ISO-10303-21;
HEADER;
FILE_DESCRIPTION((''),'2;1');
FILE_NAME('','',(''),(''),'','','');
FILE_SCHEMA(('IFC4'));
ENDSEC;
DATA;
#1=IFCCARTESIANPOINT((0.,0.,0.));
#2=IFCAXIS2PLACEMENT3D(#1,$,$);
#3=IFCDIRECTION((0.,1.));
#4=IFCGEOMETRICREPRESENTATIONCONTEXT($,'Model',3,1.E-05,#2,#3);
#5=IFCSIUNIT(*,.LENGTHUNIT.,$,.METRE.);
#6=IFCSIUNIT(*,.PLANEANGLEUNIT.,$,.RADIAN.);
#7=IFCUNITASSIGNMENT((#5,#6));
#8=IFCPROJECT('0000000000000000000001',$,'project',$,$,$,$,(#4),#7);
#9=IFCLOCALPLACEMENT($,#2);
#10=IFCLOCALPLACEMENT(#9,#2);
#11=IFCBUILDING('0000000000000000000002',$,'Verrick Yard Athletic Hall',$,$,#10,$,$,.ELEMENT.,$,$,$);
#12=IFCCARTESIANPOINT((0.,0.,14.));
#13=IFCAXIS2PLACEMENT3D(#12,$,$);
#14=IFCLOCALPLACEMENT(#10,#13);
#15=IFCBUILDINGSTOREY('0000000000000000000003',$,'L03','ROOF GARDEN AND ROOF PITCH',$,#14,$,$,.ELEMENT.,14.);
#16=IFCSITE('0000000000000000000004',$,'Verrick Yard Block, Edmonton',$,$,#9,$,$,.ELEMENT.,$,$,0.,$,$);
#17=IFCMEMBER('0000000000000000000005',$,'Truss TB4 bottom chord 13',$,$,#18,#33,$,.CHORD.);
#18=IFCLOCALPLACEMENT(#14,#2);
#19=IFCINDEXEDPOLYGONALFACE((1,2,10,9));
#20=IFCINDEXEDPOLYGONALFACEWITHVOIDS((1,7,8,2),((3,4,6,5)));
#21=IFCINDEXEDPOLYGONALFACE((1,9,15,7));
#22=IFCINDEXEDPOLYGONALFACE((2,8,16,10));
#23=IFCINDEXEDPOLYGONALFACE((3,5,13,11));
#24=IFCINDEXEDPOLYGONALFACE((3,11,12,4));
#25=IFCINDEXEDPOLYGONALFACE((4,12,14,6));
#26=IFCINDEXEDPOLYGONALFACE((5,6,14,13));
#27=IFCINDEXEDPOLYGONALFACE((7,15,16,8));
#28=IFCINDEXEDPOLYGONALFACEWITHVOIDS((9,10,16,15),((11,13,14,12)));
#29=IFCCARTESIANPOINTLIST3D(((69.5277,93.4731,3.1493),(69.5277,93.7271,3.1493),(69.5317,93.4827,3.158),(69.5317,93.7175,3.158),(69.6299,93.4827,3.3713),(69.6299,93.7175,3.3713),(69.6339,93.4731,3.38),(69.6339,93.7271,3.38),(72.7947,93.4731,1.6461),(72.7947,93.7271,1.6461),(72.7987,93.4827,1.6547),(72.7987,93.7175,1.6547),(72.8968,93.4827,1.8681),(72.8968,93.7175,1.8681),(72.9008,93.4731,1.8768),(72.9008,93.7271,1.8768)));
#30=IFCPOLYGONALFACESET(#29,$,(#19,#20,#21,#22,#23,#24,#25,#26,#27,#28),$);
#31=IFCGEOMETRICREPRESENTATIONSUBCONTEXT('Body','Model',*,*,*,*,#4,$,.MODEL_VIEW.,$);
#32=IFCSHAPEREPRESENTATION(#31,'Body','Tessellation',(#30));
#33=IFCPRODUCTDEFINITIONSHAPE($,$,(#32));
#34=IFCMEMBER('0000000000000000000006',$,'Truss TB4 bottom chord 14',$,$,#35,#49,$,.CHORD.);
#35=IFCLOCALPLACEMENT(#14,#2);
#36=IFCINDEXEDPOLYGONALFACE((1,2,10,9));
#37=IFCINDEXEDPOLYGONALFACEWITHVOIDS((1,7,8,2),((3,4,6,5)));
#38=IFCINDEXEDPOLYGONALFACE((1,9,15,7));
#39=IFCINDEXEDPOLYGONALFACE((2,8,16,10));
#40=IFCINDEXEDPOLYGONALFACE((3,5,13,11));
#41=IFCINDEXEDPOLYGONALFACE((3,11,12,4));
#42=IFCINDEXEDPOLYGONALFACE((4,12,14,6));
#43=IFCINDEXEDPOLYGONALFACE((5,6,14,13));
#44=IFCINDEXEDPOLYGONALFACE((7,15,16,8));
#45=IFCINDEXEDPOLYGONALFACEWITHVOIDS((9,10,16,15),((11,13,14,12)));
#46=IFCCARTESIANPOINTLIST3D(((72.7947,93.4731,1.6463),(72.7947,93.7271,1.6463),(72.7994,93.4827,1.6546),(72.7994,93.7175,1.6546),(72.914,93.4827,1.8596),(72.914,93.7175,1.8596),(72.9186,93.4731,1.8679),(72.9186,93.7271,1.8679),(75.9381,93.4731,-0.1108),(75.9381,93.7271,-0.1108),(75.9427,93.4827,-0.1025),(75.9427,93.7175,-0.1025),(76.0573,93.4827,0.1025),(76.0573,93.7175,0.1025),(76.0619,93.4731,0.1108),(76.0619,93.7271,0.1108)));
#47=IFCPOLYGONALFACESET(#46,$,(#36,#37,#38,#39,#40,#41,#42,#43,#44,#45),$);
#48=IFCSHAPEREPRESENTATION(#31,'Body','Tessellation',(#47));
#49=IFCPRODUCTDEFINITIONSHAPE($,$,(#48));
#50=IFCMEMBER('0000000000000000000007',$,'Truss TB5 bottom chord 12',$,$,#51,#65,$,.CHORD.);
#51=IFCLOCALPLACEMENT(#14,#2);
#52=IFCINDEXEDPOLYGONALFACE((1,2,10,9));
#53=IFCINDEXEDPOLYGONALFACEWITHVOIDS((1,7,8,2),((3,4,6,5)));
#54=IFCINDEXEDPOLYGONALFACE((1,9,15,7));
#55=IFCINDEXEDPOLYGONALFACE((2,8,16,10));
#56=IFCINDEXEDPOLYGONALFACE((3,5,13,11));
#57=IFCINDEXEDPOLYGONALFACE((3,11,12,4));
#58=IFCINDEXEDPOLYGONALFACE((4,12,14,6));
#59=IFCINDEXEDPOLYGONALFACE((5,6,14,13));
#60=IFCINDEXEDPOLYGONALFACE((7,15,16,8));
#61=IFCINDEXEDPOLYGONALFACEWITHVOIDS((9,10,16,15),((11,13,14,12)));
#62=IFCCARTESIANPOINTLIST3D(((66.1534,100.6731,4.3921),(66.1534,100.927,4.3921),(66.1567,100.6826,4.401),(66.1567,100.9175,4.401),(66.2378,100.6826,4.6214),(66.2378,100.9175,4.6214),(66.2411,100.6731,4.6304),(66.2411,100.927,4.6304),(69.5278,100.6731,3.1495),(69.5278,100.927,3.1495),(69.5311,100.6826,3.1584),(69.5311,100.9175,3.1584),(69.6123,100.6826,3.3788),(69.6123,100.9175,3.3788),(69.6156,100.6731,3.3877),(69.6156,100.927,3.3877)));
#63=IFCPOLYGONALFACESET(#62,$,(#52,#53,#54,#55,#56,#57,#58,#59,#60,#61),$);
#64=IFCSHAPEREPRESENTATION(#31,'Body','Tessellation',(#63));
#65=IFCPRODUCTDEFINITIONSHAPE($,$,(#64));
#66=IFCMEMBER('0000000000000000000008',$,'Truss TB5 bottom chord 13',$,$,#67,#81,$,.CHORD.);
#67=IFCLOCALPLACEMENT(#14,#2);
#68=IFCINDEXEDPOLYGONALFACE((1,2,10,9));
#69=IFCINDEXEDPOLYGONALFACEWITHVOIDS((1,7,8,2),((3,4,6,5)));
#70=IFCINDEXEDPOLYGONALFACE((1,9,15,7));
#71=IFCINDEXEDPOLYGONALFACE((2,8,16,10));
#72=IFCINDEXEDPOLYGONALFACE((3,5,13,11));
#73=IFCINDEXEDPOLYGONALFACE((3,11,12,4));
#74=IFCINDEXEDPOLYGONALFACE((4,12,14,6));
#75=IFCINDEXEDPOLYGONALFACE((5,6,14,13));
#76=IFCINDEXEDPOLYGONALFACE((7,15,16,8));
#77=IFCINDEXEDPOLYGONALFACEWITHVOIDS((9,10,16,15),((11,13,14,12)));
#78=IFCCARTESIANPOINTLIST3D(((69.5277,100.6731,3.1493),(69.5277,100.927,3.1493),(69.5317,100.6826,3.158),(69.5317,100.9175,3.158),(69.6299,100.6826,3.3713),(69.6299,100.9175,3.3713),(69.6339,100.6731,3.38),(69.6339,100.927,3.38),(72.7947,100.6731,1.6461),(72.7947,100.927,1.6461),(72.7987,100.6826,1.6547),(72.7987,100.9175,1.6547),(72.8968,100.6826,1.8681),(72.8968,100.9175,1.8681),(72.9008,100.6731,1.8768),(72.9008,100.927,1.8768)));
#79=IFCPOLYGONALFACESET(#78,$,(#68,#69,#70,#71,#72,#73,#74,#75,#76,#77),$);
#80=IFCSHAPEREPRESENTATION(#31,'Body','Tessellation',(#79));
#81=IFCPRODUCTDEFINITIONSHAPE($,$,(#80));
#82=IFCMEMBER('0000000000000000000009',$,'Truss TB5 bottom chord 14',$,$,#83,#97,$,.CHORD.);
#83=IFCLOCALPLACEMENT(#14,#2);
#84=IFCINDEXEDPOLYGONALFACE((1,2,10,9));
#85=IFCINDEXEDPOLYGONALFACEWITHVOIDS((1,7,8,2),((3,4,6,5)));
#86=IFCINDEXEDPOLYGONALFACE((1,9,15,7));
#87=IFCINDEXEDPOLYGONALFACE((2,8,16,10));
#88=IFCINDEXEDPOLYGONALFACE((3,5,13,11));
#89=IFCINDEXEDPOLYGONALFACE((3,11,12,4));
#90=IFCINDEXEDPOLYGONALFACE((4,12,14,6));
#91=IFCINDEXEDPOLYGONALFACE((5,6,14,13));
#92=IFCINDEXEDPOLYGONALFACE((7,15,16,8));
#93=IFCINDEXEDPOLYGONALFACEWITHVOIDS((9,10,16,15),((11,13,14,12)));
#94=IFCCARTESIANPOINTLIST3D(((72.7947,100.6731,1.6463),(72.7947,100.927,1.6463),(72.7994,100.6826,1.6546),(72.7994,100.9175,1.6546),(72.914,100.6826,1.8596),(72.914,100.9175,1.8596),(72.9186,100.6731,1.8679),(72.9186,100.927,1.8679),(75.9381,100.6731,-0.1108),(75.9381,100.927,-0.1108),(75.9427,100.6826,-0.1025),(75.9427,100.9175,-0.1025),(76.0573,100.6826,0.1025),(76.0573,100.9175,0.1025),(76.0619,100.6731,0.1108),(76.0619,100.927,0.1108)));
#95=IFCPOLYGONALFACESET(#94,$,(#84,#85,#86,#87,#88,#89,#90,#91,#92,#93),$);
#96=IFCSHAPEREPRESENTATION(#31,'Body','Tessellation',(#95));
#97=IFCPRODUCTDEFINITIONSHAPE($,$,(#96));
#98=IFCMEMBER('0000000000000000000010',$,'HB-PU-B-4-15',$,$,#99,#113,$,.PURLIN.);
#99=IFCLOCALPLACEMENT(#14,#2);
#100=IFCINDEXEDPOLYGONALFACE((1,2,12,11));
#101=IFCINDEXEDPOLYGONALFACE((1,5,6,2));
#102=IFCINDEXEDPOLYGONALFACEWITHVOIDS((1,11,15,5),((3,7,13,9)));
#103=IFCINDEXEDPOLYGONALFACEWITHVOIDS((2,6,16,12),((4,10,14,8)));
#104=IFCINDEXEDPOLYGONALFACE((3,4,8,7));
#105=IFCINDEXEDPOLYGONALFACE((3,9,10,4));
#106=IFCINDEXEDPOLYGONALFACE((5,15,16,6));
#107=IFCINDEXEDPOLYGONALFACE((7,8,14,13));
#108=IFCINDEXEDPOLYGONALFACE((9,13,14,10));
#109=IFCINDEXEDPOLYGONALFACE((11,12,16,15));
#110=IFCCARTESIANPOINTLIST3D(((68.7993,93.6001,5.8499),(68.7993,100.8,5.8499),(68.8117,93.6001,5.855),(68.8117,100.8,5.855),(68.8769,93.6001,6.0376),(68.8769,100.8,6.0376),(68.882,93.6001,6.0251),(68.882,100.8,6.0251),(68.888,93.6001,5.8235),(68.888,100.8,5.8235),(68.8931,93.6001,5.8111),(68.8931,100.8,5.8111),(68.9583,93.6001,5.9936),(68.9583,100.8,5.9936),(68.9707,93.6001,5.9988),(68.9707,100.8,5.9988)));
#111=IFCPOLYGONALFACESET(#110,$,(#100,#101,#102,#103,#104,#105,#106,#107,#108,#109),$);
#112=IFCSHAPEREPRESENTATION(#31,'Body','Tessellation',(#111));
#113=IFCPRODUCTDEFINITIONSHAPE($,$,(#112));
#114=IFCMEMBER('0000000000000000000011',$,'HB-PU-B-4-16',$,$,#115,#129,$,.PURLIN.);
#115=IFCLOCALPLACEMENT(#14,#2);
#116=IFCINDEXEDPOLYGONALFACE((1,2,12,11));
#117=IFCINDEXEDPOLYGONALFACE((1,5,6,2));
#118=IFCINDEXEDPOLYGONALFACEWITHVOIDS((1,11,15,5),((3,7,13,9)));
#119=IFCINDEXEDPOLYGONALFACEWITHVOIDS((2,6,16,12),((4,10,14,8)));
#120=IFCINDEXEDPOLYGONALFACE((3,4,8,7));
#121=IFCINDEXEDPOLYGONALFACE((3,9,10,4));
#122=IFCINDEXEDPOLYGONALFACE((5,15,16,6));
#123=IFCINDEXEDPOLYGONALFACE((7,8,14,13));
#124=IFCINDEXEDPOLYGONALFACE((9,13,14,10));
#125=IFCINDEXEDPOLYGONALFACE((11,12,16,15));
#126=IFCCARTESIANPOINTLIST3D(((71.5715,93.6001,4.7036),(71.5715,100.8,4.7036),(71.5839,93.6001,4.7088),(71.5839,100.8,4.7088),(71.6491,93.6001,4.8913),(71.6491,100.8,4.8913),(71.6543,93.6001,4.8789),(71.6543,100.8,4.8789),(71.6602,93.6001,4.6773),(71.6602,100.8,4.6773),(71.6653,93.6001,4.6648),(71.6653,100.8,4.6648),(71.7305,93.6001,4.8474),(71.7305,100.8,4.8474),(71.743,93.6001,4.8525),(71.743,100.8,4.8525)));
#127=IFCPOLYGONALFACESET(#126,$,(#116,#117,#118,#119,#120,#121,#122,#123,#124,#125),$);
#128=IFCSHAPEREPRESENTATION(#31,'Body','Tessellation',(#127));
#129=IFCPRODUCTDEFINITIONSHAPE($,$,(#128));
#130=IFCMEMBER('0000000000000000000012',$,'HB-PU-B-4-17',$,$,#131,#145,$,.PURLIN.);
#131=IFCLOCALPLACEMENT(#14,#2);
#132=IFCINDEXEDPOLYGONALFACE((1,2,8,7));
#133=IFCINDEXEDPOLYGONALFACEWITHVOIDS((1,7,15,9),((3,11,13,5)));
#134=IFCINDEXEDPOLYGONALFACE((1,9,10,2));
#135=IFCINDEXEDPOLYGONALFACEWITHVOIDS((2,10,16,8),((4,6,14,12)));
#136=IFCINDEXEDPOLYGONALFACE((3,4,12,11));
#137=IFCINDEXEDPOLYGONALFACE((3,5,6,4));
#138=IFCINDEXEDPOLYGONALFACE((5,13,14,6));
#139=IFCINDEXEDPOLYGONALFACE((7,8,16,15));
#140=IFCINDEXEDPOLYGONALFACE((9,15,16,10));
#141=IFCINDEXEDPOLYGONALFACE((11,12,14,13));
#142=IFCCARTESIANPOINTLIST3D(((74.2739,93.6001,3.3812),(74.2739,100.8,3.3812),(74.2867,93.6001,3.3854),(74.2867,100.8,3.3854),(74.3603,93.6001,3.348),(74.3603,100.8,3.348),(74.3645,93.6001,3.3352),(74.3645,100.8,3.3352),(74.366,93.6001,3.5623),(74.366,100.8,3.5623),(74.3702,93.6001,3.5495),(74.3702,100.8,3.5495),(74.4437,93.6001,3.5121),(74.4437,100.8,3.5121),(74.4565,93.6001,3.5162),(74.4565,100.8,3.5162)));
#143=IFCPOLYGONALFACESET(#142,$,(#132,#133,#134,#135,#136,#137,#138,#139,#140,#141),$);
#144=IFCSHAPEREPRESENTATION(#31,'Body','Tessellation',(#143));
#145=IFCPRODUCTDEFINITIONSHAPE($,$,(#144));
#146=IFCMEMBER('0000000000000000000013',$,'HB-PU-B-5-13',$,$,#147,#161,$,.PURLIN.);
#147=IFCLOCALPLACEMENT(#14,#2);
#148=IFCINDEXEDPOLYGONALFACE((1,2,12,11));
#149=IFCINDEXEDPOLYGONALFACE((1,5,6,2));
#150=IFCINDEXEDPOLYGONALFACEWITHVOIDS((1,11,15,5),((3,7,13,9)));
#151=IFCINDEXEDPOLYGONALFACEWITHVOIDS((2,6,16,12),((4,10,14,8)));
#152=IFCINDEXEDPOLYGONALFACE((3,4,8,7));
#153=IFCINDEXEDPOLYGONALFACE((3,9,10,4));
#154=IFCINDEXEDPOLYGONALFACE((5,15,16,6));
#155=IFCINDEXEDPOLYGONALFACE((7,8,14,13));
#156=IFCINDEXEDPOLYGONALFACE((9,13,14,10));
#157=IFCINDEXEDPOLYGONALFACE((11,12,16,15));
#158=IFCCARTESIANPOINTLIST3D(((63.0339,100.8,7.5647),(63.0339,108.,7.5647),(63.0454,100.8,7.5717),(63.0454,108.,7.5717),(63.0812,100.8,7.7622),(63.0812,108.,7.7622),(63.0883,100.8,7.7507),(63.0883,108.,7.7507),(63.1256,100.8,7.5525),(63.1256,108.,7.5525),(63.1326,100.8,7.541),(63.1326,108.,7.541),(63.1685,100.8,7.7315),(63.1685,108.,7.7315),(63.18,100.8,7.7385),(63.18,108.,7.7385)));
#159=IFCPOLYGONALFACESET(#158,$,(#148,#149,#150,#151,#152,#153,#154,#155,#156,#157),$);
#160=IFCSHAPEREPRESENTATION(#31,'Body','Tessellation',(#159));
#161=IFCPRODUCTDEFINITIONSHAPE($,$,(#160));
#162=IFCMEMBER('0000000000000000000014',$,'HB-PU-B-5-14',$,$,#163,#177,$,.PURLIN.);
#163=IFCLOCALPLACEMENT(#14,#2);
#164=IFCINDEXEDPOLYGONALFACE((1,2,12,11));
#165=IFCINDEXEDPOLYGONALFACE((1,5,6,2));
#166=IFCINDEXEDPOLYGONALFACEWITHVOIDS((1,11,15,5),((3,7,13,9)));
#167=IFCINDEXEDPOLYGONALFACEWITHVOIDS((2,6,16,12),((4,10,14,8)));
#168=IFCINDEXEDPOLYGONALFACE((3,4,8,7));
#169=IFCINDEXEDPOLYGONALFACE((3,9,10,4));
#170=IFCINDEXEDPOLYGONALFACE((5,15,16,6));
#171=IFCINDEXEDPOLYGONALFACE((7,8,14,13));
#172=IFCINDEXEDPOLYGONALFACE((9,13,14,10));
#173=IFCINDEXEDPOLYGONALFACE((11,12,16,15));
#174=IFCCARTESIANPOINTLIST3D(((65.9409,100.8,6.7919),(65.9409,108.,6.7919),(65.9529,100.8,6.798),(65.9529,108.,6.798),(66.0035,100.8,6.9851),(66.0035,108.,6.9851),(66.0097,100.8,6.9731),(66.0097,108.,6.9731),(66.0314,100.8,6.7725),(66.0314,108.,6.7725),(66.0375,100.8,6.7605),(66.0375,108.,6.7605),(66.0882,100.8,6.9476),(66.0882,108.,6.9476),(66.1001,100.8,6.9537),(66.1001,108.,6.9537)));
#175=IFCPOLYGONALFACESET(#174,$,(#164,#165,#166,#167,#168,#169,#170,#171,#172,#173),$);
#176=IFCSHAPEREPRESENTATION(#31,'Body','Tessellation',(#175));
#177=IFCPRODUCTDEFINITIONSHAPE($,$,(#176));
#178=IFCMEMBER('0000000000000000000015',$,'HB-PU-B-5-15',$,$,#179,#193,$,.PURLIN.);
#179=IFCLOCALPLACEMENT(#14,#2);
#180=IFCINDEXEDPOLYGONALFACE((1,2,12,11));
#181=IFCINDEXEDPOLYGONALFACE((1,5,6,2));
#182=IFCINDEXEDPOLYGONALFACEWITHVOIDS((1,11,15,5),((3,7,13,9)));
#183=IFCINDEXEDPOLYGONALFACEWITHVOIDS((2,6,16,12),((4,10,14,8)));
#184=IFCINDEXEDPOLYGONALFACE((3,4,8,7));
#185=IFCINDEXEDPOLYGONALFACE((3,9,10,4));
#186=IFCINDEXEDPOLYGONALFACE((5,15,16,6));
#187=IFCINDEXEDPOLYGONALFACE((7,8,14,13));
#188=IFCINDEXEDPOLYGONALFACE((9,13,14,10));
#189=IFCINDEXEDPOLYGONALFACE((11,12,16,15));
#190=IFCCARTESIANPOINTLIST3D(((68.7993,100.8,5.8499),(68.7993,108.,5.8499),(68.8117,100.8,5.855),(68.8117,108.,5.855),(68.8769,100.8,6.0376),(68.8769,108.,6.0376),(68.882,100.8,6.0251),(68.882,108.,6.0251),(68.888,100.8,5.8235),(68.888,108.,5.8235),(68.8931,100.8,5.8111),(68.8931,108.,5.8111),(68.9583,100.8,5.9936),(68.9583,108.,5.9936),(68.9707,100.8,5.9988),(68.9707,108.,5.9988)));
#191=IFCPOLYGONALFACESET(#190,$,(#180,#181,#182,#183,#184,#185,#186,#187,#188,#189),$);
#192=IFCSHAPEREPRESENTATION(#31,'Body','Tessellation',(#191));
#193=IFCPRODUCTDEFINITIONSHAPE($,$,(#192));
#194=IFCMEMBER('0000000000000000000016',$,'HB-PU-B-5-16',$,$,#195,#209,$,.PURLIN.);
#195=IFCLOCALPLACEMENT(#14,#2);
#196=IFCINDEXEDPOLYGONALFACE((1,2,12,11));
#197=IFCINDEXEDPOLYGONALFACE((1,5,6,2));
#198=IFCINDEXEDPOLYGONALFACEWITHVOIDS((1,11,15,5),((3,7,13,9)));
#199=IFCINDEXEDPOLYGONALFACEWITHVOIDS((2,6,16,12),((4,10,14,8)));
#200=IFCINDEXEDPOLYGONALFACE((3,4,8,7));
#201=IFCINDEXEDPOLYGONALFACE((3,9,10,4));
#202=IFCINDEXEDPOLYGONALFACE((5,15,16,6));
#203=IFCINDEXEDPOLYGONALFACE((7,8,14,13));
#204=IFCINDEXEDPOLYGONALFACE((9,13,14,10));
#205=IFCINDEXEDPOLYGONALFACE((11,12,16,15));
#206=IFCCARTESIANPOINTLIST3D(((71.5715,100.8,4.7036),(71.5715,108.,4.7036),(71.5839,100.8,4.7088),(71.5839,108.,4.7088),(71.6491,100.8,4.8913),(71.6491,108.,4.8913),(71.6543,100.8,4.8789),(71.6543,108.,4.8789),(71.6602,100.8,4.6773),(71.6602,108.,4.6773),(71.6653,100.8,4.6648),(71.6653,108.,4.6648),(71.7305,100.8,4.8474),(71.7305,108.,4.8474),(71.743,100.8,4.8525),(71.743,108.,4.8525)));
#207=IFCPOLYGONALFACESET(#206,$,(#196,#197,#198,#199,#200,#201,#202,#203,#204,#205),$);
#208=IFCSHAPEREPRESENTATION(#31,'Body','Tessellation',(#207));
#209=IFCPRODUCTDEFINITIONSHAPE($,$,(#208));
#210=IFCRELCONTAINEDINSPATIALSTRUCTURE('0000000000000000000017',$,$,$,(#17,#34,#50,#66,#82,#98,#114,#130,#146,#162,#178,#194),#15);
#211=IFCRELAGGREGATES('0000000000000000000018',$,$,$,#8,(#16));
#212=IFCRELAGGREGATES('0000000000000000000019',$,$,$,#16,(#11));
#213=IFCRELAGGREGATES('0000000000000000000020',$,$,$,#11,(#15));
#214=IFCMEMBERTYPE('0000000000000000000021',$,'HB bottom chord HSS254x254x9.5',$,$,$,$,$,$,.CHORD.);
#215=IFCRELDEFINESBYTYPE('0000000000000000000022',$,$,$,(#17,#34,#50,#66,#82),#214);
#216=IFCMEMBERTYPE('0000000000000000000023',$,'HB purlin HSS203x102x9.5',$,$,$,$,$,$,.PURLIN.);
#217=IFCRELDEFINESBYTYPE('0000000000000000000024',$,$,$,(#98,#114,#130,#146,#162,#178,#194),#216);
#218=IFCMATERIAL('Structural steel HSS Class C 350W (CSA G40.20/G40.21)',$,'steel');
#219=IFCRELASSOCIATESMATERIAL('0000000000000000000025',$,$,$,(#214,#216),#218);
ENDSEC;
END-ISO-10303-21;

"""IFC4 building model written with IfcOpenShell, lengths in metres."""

from ifc_helpers import new_model, si_unit, direction, frame, origin, origin_2d, place, context, subcontext, project, spatial, hollow_rectangle, extrude, material, material_profile, profile_set, type_object, element, save


model = new_model("IFC4")

# Units and contexts
model_context = context("Model", 3, precision=1e-05, world=origin(), true_north=direction((0.0, 1.0)))
body_context = subcontext(model_context, "Body", "Model", "MODEL_VIEW")
ifc_project = project(units=[si_unit("LENGTHUNIT", "METRE"), si_unit("PLANEANGLEUNIT", "RADIAN")], contexts=[model_context])

# Site, building, storey
site_placement = place(None, origin())
site = spatial("IfcSite", under=ifc_project, at=site_placement, Name="Verrick Yard Block, Edmonton", CompositionType="ELEMENT", RefElevation=0.0)
building_placement = place(site_placement, origin())
building = spatial("IfcBuilding", under=site, at=building_placement, Name="Verrick Yard Athletic Hall", CompositionType="ELEMENT")
storey_placement = place(building_placement, frame((0.0, 0.0, 14.0)))
storey = spatial("IfcBuildingStorey", under=building, at=storey_placement, Name="L03", Description="ROOF GARDEN AND ROOF PITCH", CompositionType="ELEMENT", Elevation=14.0)

# Members
ifc_material_1 = material(Name="Structural steel HSS Class C 350W (CSA G40.20/G40.21)", Category="steel")
ifc_material_profile_1 = material_profile(ifc_material_1, hollow_rectangle(XDim=0.2539, YDim=0.2539, WallThickness=0.0095, at=origin_2d()), Name="HSS254x254x9.5")
ifc_profile_set_1 = profile_set([ifc_material_profile_1], Name="Structural steel HSS Class C 350W (CSA G40.20/G40.21)")
member_type_1 = type_object("IfcMemberType", Name="HB bottom chord HSS254x254x9.5", PredefinedType="CHORD", material=ifc_profile_set_1)
member_1_placement = place(storey_placement, frame((69.5808, 93.6001, 3.2646), z_axis=(0.908446, 0.0, -0.418003), x_axis=(0.0, 1.0, 0.0)))
element("IfcMember", 1, at=member_1_placement, inside=storey, type_object=member_type_1, Name="Truss TB4 bottom chord 13", PredefinedType="CHORD", context=body_context, shape_type="SweptSolid", body=[
    extrude(hollow_rectangle(XDim=0.2539, YDim=0.2539, WallThickness=0.0095, at=origin_2d()), origin(), (0.0, 0.0, 1.0), 3.5962),
])
member_2_placement = place(storey_placement, frame((72.8567, 93.6001, 1.7571), z_axis=(0.872881, 0.0, -0.487932), x_axis=(0.0, 1.0, 0.0)))
element("IfcMember", 2, at=member_2_placement, inside=storey, type_object=member_type_1, Name="Truss TB4 bottom chord 14", PredefinedType="CHORD", context=body_context, shape_type="SweptSolid", body=[
    extrude(hollow_rectangle(XDim=0.2539, YDim=0.2539, WallThickness=0.0095, at=origin_2d()), origin(), (0.0, 0.0, 1.0), 3.6011),
])
member_3_placement = place(storey_placement, frame((66.1973, 100.8, 4.5112), z_axis=(0.938394, 0.0, -0.345567), x_axis=(0.0, 1.0, 0.0)))
element("IfcMember", 3, at=member_3_placement, inside=storey, type_object=member_type_1, Name="Truss TB5 bottom chord 12", PredefinedType="CHORD", context=body_context, shape_type="SweptSolid", body=[
    extrude(hollow_rectangle(XDim=0.2539, YDim=0.2539, WallThickness=0.0095, at=origin_2d()), origin(), (0.0, 0.0, 1.0), 3.5959),
])
member_4_placement = place(storey_placement, frame((69.5808, 100.8, 3.2646), z_axis=(0.908446, 0.0, -0.418003), x_axis=(0.0, 1.0, 0.0)))
element("IfcMember", 4, at=member_4_placement, inside=storey, type_object=member_type_1, Name="Truss TB5 bottom chord 13", PredefinedType="CHORD", context=body_context, shape_type="SweptSolid", body=[
    extrude(hollow_rectangle(XDim=0.2539, YDim=0.2539, WallThickness=0.0095, at=origin_2d()), origin(), (0.0, 0.0, 1.0), 3.5962),
])
member_5_placement = place(storey_placement, frame((72.8567, 100.8, 1.7571), z_axis=(0.872881, 0.0, -0.487932), x_axis=(0.0, 1.0, 0.0)))
element("IfcMember", 5, at=member_5_placement, inside=storey, type_object=member_type_1, Name="Truss TB5 bottom chord 14", PredefinedType="CHORD", context=body_context, shape_type="SweptSolid", body=[
    extrude(hollow_rectangle(XDim=0.2539, YDim=0.2539, WallThickness=0.0095, at=origin_2d()), origin(), (0.0, 0.0, 1.0), 3.6011),
])
ifc_material_profile_2 = material_profile(ifc_material_1, hollow_rectangle(XDim=0.1016, YDim=0.2031, WallThickness=0.0095, at=origin_2d()), Name="HSS203x102x9.5")
ifc_profile_set_2 = profile_set([ifc_material_profile_2], Name="Structural steel HSS Class C 350W (CSA G40.20/G40.21)")
member_type_2 = type_object("IfcMemberType", Name="HB purlin HSS203x102x9.5", PredefinedType="PURLIN", material=ifc_profile_set_2)
for number, where, z_axis, x_axis, name in (
    (6, (68.885, 93.6001, 5.9243), (0.0, 1.0, 0.0), (-0.924123, 0.0, 0.382096), "HB-PU-B-4-15"),
    (7, (71.6572, 93.6001, 4.7781), (0.0, 1.0, 0.0), (-0.924123, 0.0, 0.382096), "HB-PU-B-4-16"),
    (8, (74.3652, 93.6001, 3.4487), (0.0, 1.0, 0.0), (-0.891353, 0.0, 0.45331), "HB-PU-B-4-17"),
    (9, (63.1069, 100.8, 7.6516), (0.0, 1.0, 0.0), (-0.972459, 0.0, 0.233074), "HB-PU-B-5-13"),
    (10, (66.0205, 100.8, 6.8728), (0.0, 1.0, 0.0), (-0.951214, 0.0, 0.308533), "HB-PU-B-5-14"),
    (11, (68.885, 100.8, 5.9243), (0.0, 1.0, 0.0), (-0.924123, 0.0, 0.382096), "HB-PU-B-5-15"),
    (12, (71.6572, 100.8, 4.7781), (0.0, 1.0, 0.0), (-0.924123, 0.0, 0.382096), "HB-PU-B-5-16"),
):
    element("IfcMember", number, at=place(storey_placement, frame(where, z_axis=z_axis, x_axis=x_axis)), inside=storey, type_object=member_type_2, Name=name, PredefinedType="PURLIN", context=body_context, shape_type="SweptSolid", body=[
        extrude(hollow_rectangle(XDim=0.1016, YDim=0.2031, WallThickness=0.0095, at=origin_2d()), origin(), (0.0, 0.0, 1.0), 7.2),
    ])

save(model, "model.ifc")
